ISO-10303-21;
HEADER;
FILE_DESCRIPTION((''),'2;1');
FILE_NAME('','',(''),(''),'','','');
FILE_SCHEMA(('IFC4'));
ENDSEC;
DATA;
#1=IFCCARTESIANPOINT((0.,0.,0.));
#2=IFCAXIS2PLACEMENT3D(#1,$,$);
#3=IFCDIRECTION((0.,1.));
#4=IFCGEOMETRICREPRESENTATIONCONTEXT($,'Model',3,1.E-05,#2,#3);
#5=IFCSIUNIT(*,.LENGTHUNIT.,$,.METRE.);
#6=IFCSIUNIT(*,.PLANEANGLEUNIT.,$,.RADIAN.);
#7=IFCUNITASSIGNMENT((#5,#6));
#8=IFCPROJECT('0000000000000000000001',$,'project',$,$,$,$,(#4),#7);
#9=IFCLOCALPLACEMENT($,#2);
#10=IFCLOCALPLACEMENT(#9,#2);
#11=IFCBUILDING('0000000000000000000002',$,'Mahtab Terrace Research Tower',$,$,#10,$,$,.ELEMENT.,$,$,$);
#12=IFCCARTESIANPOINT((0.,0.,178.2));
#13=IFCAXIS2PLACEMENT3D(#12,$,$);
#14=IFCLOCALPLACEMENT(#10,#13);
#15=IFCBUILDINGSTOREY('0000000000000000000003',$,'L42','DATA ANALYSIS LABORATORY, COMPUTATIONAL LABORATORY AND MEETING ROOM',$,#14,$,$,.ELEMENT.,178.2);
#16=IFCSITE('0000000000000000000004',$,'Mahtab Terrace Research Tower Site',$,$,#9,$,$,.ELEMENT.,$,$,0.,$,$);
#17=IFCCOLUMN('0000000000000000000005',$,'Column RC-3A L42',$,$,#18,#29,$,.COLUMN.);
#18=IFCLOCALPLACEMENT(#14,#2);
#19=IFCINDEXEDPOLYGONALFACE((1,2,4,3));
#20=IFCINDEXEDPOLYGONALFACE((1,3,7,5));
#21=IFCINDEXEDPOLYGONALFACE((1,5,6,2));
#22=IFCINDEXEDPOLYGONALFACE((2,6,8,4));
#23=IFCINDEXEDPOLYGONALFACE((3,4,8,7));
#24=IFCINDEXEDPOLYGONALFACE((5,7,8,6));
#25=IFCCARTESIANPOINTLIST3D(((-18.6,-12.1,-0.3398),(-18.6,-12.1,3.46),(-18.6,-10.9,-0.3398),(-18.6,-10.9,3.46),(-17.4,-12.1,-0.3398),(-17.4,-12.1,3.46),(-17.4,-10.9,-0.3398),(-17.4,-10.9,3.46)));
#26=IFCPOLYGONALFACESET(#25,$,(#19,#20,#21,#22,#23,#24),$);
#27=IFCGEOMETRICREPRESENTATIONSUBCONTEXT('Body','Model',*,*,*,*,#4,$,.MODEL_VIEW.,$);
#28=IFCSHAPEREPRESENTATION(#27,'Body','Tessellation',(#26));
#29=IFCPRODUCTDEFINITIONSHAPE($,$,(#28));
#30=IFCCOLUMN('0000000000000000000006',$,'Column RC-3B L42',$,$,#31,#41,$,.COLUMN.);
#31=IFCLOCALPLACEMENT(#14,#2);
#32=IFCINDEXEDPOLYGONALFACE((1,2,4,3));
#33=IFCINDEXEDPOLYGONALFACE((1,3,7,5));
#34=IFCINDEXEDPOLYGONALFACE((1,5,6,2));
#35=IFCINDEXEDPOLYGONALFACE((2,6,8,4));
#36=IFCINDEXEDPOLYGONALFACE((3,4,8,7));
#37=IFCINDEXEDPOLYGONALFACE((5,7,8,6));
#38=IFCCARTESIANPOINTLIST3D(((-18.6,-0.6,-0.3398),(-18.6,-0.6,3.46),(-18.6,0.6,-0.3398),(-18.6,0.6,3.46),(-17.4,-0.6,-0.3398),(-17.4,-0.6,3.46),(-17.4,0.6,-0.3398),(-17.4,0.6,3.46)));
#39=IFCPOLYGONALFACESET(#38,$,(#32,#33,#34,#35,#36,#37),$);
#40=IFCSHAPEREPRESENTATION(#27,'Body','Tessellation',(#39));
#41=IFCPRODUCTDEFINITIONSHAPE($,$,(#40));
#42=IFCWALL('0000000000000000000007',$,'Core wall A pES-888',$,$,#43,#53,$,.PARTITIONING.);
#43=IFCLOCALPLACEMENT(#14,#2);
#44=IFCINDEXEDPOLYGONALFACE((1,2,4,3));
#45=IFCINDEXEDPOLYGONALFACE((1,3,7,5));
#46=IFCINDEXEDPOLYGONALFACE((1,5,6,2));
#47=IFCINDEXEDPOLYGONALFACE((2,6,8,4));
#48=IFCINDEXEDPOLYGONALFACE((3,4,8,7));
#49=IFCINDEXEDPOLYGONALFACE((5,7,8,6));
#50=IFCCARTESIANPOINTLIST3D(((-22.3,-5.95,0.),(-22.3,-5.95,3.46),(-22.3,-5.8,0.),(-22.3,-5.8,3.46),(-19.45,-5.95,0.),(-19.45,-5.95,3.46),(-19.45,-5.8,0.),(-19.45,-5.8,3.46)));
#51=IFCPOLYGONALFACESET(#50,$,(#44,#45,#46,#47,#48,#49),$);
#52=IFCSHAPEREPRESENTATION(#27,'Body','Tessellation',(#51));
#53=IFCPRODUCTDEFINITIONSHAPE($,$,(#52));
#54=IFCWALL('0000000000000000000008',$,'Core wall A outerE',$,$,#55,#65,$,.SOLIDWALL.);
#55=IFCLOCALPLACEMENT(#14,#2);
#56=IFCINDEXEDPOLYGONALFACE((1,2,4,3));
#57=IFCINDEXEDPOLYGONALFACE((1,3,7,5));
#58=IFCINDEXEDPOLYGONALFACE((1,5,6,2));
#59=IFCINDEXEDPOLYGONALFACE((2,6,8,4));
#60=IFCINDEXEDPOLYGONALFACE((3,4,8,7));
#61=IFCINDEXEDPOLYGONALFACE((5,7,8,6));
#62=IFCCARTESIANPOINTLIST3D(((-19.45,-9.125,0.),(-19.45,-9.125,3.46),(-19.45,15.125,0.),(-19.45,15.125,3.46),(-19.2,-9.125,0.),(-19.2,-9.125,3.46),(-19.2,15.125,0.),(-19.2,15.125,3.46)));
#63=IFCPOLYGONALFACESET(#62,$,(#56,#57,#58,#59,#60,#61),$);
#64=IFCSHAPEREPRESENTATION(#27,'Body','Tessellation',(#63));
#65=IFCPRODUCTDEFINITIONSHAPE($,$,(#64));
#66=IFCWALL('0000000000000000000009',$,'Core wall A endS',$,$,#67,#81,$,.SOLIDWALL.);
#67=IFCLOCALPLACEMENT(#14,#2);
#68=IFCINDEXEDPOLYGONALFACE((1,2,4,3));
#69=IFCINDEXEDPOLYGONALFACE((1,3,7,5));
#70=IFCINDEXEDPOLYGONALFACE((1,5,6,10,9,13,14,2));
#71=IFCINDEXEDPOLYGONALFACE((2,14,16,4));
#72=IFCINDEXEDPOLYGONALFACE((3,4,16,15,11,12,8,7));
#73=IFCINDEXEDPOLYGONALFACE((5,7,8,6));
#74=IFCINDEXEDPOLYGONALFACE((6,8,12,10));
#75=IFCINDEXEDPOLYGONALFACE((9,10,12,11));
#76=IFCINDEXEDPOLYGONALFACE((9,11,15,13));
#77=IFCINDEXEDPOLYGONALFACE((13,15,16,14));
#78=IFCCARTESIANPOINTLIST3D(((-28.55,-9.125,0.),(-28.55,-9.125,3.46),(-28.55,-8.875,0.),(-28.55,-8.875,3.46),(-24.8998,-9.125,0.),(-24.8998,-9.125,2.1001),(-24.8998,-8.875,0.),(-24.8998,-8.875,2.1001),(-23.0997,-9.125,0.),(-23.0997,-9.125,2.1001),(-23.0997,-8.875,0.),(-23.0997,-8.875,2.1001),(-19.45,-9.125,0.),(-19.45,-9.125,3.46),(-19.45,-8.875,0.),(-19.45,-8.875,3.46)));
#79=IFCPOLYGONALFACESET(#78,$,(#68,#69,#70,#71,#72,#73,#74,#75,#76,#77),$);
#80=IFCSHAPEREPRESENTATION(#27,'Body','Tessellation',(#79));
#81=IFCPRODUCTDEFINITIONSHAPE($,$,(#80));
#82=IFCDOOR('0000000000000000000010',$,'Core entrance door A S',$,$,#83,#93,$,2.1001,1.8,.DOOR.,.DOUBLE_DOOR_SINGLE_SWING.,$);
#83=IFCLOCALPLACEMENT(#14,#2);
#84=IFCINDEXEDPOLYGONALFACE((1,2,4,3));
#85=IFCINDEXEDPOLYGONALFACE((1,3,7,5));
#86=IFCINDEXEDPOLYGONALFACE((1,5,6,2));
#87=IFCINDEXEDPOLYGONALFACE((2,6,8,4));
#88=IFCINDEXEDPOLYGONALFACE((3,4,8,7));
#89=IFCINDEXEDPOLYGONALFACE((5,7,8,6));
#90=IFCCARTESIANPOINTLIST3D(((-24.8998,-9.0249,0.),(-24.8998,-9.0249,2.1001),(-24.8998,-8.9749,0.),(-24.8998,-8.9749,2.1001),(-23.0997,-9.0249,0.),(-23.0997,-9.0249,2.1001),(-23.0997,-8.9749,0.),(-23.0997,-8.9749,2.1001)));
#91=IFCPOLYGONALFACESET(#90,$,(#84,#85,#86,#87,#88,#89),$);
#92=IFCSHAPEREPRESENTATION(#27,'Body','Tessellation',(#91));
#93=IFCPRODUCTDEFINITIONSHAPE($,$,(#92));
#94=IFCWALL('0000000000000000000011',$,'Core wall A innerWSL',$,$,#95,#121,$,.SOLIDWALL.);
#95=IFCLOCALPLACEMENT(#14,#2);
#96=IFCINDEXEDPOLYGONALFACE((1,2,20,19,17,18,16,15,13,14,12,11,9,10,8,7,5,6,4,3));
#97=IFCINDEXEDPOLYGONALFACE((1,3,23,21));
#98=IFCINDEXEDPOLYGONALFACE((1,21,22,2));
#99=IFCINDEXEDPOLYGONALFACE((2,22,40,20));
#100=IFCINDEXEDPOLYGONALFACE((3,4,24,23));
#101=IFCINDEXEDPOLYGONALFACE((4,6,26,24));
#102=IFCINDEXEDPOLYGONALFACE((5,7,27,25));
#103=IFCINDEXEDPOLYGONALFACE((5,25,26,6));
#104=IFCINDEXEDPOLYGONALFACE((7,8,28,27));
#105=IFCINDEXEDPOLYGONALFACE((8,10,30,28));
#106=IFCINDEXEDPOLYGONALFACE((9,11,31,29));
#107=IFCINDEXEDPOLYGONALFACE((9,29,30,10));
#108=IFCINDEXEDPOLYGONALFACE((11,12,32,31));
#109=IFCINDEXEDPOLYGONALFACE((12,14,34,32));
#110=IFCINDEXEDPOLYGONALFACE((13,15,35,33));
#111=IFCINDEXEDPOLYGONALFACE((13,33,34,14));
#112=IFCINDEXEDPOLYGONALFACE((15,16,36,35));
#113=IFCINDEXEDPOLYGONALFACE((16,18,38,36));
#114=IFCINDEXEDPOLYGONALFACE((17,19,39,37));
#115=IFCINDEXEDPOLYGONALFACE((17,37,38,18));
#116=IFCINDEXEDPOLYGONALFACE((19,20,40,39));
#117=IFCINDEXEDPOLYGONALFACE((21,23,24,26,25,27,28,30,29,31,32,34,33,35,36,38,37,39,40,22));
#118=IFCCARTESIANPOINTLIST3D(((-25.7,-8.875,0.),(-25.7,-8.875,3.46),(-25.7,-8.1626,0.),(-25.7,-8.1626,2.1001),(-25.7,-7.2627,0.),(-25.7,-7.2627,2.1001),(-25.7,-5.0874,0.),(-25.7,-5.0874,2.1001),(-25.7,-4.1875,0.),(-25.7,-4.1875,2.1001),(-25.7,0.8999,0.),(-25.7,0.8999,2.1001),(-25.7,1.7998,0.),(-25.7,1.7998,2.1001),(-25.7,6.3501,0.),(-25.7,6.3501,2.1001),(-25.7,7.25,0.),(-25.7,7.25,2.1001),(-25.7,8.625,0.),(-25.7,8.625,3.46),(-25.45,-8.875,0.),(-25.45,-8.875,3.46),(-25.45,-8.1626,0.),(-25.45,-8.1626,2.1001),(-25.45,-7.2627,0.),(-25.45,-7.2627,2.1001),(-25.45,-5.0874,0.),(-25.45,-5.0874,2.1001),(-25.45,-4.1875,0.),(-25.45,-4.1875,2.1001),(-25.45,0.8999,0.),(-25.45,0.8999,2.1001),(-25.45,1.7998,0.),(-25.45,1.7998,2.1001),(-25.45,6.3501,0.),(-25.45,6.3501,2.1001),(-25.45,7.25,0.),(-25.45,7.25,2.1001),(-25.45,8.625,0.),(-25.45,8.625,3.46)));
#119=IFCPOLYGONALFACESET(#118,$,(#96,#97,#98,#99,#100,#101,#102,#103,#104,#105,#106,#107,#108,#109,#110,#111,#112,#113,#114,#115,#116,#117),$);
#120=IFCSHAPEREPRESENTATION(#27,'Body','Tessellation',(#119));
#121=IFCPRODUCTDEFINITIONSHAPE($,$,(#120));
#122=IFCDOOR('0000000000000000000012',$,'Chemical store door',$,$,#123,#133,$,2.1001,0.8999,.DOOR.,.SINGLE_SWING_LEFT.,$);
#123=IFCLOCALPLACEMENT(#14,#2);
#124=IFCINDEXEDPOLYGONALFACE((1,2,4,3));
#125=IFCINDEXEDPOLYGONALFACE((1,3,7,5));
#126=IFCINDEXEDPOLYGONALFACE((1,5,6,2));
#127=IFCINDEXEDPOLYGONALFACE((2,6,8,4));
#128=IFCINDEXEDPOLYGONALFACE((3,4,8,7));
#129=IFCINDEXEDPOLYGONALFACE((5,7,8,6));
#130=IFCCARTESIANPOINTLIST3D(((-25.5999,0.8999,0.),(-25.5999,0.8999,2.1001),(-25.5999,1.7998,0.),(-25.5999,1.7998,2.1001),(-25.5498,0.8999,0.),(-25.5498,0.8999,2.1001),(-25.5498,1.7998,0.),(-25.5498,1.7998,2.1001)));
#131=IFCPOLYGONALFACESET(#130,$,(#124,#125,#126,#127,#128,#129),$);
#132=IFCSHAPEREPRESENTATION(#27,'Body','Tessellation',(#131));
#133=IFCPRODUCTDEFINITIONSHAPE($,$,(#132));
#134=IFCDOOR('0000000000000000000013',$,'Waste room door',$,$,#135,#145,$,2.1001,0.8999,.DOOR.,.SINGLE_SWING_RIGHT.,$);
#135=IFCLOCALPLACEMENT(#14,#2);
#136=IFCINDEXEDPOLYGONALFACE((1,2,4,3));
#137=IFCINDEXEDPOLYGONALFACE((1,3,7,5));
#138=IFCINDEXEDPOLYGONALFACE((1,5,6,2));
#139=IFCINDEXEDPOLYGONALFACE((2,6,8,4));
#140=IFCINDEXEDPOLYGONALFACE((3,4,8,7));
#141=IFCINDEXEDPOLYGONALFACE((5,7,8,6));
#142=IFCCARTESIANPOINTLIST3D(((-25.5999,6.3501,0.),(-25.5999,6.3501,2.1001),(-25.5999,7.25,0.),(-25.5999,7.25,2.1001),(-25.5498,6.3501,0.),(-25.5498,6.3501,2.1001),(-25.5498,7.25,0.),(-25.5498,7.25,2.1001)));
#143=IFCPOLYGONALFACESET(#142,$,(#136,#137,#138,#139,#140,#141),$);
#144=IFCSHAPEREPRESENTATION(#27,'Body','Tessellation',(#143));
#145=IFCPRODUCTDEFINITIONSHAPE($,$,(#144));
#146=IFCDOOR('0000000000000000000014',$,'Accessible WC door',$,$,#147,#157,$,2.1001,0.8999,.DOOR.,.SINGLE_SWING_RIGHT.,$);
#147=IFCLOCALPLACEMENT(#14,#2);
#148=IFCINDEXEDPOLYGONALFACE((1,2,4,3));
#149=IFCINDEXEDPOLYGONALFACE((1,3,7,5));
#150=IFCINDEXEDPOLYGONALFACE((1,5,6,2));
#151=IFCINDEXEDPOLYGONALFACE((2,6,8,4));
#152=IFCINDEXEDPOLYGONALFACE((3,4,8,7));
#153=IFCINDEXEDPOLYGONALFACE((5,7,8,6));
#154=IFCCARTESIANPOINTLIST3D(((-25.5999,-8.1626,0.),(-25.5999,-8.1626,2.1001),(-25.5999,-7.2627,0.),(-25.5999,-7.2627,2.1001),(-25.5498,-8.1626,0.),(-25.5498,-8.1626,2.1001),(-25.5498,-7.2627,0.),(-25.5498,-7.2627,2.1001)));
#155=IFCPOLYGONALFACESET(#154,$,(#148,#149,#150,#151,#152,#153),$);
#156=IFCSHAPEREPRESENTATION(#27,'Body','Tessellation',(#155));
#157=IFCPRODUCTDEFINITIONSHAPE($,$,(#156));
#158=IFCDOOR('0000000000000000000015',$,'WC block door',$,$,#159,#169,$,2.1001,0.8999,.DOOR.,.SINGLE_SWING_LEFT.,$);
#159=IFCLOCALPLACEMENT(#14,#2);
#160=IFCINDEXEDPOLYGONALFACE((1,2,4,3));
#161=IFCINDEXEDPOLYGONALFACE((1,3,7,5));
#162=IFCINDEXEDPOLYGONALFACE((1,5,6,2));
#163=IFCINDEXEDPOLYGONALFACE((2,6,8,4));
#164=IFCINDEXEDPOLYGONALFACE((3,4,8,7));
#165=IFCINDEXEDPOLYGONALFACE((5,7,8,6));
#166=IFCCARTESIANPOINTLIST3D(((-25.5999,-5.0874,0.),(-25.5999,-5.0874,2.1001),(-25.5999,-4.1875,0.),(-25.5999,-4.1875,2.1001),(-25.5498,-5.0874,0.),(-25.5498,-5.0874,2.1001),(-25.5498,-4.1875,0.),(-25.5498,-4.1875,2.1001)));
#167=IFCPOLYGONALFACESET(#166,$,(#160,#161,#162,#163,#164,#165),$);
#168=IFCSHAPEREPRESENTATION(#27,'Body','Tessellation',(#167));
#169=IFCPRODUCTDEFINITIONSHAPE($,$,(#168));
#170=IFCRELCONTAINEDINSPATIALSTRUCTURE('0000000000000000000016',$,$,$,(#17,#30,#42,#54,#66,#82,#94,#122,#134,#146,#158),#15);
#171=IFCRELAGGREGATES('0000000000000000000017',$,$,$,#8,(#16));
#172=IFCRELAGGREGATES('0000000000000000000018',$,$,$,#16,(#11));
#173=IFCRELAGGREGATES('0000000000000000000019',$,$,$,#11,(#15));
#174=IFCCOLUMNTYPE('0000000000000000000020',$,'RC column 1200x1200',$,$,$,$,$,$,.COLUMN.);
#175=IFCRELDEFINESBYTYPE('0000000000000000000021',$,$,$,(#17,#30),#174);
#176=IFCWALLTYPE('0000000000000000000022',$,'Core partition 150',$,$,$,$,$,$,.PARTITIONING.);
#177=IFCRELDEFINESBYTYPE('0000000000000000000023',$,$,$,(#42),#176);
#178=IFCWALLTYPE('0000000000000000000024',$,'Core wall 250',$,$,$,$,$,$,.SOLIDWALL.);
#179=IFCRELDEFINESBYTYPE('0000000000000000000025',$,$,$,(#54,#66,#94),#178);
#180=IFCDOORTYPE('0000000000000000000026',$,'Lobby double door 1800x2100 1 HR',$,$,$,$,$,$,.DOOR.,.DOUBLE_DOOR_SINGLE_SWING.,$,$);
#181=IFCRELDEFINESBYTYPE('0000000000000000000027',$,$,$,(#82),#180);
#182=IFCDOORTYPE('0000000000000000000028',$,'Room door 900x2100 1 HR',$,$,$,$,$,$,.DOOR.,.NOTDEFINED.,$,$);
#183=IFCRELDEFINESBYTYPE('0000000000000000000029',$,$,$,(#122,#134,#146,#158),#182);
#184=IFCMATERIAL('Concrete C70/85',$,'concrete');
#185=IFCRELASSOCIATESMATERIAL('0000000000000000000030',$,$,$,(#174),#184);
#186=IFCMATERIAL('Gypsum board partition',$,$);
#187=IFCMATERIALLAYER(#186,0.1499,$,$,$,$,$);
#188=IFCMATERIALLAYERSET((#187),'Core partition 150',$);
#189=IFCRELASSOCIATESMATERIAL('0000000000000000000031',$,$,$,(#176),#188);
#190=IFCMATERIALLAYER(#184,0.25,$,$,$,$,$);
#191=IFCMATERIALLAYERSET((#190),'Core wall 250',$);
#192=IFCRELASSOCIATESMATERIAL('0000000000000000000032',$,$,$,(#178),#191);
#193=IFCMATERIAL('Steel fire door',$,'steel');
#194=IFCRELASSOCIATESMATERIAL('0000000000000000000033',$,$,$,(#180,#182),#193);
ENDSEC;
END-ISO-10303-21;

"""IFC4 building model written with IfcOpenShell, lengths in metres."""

from ifc_helpers import new_model, si_unit, direction, frame, frame_2d, origin, origin_2d, place, context, subcontext, project, spatial, rectangle, extrude, material, layer, layer_set, material_profile, profile_set, type_object, element, fill, save


model = new_model("IFC4")

# Units and contexts
model_context = context("Model", 3, precision=1e-05, world=origin(), true_north=direction((0.0, 1.0)))
body_context = subcontext(model_context, "Body", "Model", "MODEL_VIEW")
ifc_project = project(units=[si_unit("LENGTHUNIT", "METRE"), si_unit("PLANEANGLEUNIT", "RADIAN")], contexts=[model_context])

# Site, building, storey
site_placement = place(None, origin())
site = spatial("IfcSite", under=ifc_project, at=site_placement, Name="Mahtab Terrace Research Tower Site", CompositionType="ELEMENT", RefElevation=0.0)
building_placement = place(site_placement, origin())
building = spatial("IfcBuilding", under=site, at=building_placement, Name="Mahtab Terrace Research Tower", CompositionType="ELEMENT")
storey_placement = place(building_placement, frame((0.0, 0.0, 178.2)))
storey = spatial("IfcBuildingStorey", under=building, at=storey_placement, Name="L42", Description="DATA ANALYSIS LABORATORY, COMPUTATIONAL LABORATORY AND MEETING ROOM", CompositionType="ELEMENT", Elevation=178.2)

# Columns
ifc_material_1 = material(Name="Concrete C70/85", Category="concrete")
ifc_material_profile = material_profile(ifc_material_1, rectangle(XDim=1.2, YDim=1.2, at=origin_2d()), Name="RC column 1200x1200")
ifc_profile_set = profile_set([ifc_material_profile], Name="Concrete C70/85")
column_type = type_object("IfcColumnType", Name="RC column 1200x1200", PredefinedType="COLUMN", material=ifc_profile_set)
for number, where, z_axis, x_axis, name in (
    (1, (-18.0, -11.5, -0.3398), (0.0, 0.0, 1.0), (1.0, 0.0, 0.0), "Column RC-3A L42"),
    (2, (-18.0, 0.0, -0.3398), (0.0, 0.0, 1.0), (1.0, 0.0, 0.0), "Column RC-3B L42"),
):
    element("IfcColumn", number, at=place(storey_placement, frame(where, z_axis=z_axis, x_axis=x_axis)), inside=storey, type_object=column_type, Name=name, PredefinedType="COLUMN", context=body_context, shape_type="SweptSolid", body=[
        extrude(rectangle(XDim=1.2, YDim=1.2, at=origin_2d()), origin(), (0.0, 0.0, 1.0), 3.7998),
    ])

# Walls
ifc_material_2 = material(Name="Gypsum board partition")
ifc_layer_1 = layer(ifc_material_2, 0.1499)
ifc_layer_set_1 = layer_set([ifc_layer_1], Name="Core partition 150")
wall_type_1 = type_object("IfcWallType", Name="Core partition 150", PredefinedType="PARTITIONING", material=ifc_layer_set_1)
wall_1_placement = place(storey_placement, frame((-22.3, -5.875, 0.0), z_axis=(0.0, 0.0, 1.0), x_axis=(1.0, 0.0, 0.0)))
element("IfcWall", 3, at=wall_1_placement, inside=storey, type_object=wall_type_1, Name="Core wall A pES-888", PredefinedType="PARTITIONING", context=body_context, shape_type="SweptSolid", body=[
    extrude(rectangle(XDim=2.8501, YDim=0.1499, at=frame_2d((1.425, 0.0))), origin(), (0.0, 0.0, 1.0), 3.46),
])
ifc_layer_2 = layer(ifc_material_1, 0.25)
ifc_layer_set_2 = layer_set([ifc_layer_2], Name="Core wall 250")
wall_type_2 = type_object("IfcWallType", Name="Core wall 250", PredefinedType="SOLIDWALL", material=ifc_layer_set_2)
wall_2_placement = place(storey_placement, frame((-19.325, -9.125, 0.0), z_axis=(0.0, 0.0, 1.0), x_axis=(0.0, 1.0, 0.0)))
element("IfcWall", 4, at=wall_2_placement, inside=storey, type_object=wall_type_2, Name="Core wall A outerE", PredefinedType="SOLIDWALL", context=body_context, shape_type="SweptSolid", body=[
    extrude(rectangle(XDim=24.25, YDim=0.25, at=frame_2d((12.125, 0.0))), origin(), (0.0, 0.0, 1.0), 3.46),
])

# Wall, opening, door
wall_3_placement = place(storey_placement, frame((-19.45, -9.0, 0.0), z_axis=(0.0, 0.0, 1.0), x_axis=(-1.0, 0.0, 0.0)))
wall_3 = element("IfcWall", 5, at=wall_3_placement, inside=storey, type_object=wall_type_2, Name="Core wall A endS", PredefinedType="SOLIDWALL", context=body_context, shape_type="SweptSolid", body=[
    extrude(rectangle(XDim=9.1001, YDim=0.25, at=frame_2d((4.55, 0.0))), origin(), (0.0, 0.0, 1.0), 3.46),
])
opening_1_placement = place(wall_3_placement, frame((3.6499, 0.0, 0.0)))
opening_1 = element("IfcOpeningElement", 6, at=opening_1_placement, cuts=wall_3, PredefinedType="OPENING", context=body_context, shape_type="SweptSolid", body=[
    extrude(rectangle(XDim=1.8, YDim=2.1001, at=frame_2d((0.8999, 1.05))), frame((0.0, 0.135, 0.0), z_axis=(0.0, -1.0, 0.0), x_axis=(1.0, 0.0, 0.0)), (0.0, 0.0, 1.0), 0.27),
])
ifc_material_3 = material(Name="Steel fire door", Category="steel")
door_type_1 = type_object("IfcDoorType", Name="Lobby double door 1800x2100 1 HR", OperationType="DOUBLE_DOOR_SINGLE_SWING", PredefinedType="DOOR", material=ifc_material_3)
door_1_placement = place(opening_1_placement, origin())
door_1 = element("IfcDoor", 7, at=door_1_placement, inside=storey, type_object=door_type_1, Name="Core entrance door A S", OperationType="DOUBLE_DOOR_SINGLE_SWING", OverallHeight=2.1001, OverallWidth=1.8, PredefinedType="DOOR", context=body_context, shape_type="SweptSolid", body=[
    extrude(rectangle(XDim=1.8, YDim=2.1001, at=frame_2d((0.8999, 1.05))), frame((0.0, 0.0249, 0.0), z_axis=(0.0, -1.0, 0.0), x_axis=(1.0, 0.0, 0.0)), (0.0, 0.0, 1.0), 0.05),
])
fill(opening_1, door_1)

# Wall, openings, doors
wall_4_placement = place(storey_placement, frame((-25.575, -8.875, 0.0), z_axis=(0.0, 0.0, 1.0), x_axis=(0.0, 1.0, 0.0)))
wall_4 = element("IfcWall", 8, at=wall_4_placement, inside=storey, type_object=wall_type_2, Name="Core wall A innerWSL", PredefinedType="SOLIDWALL", context=body_context, shape_type="SweptSolid", body=[
    extrude(rectangle(XDim=17.5, YDim=0.25, at=frame_2d((8.75, 0.0))), origin(), (0.0, 0.0, 1.0), 3.46),
])
opening_2_placement = place(wall_4_placement, frame((9.7749, 0.0, 0.0)))
opening_2 = element("IfcOpeningElement", 9, at=opening_2_placement, cuts=wall_4, PredefinedType="OPENING", context=body_context, shape_type="SweptSolid", body=[
    extrude(rectangle(XDim=0.8999, YDim=2.1001, at=frame_2d((0.45, 1.05))), frame((0.0, 0.135, 0.0), z_axis=(0.0, -1.0, 0.0), x_axis=(1.0, 0.0, 0.0)), (0.0, 0.0, 1.0), 0.27),
])
opening_3_placement = place(wall_4_placement, frame((15.2251, 0.0, 0.0)))
opening_3 = element("IfcOpeningElement", 10, at=opening_3_placement, cuts=wall_4, PredefinedType="OPENING", context=body_context, shape_type="SweptSolid", body=[
    extrude(rectangle(XDim=0.8999, YDim=2.1001, at=frame_2d((0.45, 1.05))), frame((0.0, 0.135, 0.0), z_axis=(0.0, -1.0, 0.0), x_axis=(1.0, 0.0, 0.0)), (0.0, 0.0, 1.0), 0.27),
])
opening_4_placement = place(wall_4_placement, frame((0.7124, 0.0, 0.0)))
opening_4 = element("IfcOpeningElement", 11, at=opening_4_placement, cuts=wall_4, PredefinedType="OPENING", context=body_context, shape_type="SweptSolid", body=[
    extrude(rectangle(XDim=0.8999, YDim=2.1001, at=frame_2d((0.45, 1.05))), frame((0.0, 0.135, 0.0), z_axis=(0.0, -1.0, 0.0), x_axis=(1.0, 0.0, 0.0)), (0.0, 0.0, 1.0), 0.27),
])
opening_5_placement = place(wall_4_placement, frame((3.7876, 0.0, 0.0)))
opening_5 = element("IfcOpeningElement", 12, at=opening_5_placement, cuts=wall_4, PredefinedType="OPENING", context=body_context, shape_type="SweptSolid", body=[
    extrude(rectangle(XDim=0.8999, YDim=2.1001, at=frame_2d((0.45, 1.05))), frame((0.0, 0.135, 0.0), z_axis=(0.0, -1.0, 0.0), x_axis=(1.0, 0.0, 0.0)), (0.0, 0.0, 1.0), 0.27),
])
door_type_2 = type_object("IfcDoorType", Name="Room door 900x2100 1 HR", OperationType="NOTDEFINED", PredefinedType="DOOR", material=ifc_material_3)
door_2_placement = place(opening_2_placement, origin())
door_2 = element("IfcDoor", 13, at=door_2_placement, inside=storey, type_object=door_type_2, Name="Chemical store door", OperationType="SINGLE_SWING_LEFT", OverallHeight=2.1001, OverallWidth=0.8999, PredefinedType="DOOR", context=body_context, shape_type="SweptSolid", body=[
    extrude(rectangle(XDim=0.8999, YDim=2.1001, at=frame_2d((0.45, 1.05))), frame((0.0, 0.0249, 0.0), z_axis=(0.0, -1.0, 0.0), x_axis=(1.0, 0.0, 0.0)), (0.0, 0.0, 1.0), 0.05),
])
fill(opening_2, door_2)
door_3_placement = place(opening_3_placement, origin())
door_3 = element("IfcDoor", 14, at=door_3_placement, inside=storey, type_object=door_type_2, Name="Waste room door", OperationType="SINGLE_SWING_RIGHT", OverallHeight=2.1001, OverallWidth=0.8999, PredefinedType="DOOR", context=body_context, shape_type="SweptSolid", body=[
    extrude(rectangle(XDim=0.8999, YDim=2.1001, at=frame_2d((0.45, 1.05))), frame((0.0, 0.0249, 0.0), z_axis=(0.0, -1.0, 0.0), x_axis=(1.0, 0.0, 0.0)), (0.0, 0.0, 1.0), 0.05),
])
fill(opening_3, door_3)
door_4_placement = place(opening_4_placement, origin())
door_4 = element("IfcDoor", 15, at=door_4_placement, inside=storey, type_object=door_type_2, Name="Accessible WC door", OperationType="SINGLE_SWING_RIGHT", OverallHeight=2.1001, OverallWidth=0.8999, PredefinedType="DOOR", context=body_context, shape_type="SweptSolid", body=[
    extrude(rectangle(XDim=0.8999, YDim=2.1001, at=frame_2d((0.45, 1.05))), frame((0.0, 0.0249, 0.0), z_axis=(0.0, -1.0, 0.0), x_axis=(1.0, 0.0, 0.0)), (0.0, 0.0, 1.0), 0.05),
])
fill(opening_4, door_4)
door_5_placement = place(opening_5_placement, origin())
door_5 = element("IfcDoor", 16, at=door_5_placement, inside=storey, type_object=door_type_2, Name="WC block door", OperationType="SINGLE_SWING_LEFT", OverallHeight=2.1001, OverallWidth=0.8999, PredefinedType="DOOR", context=body_context, shape_type="SweptSolid", body=[
    extrude(rectangle(XDim=0.8999, YDim=2.1001, at=frame_2d((0.45, 1.05))), frame((0.0, 0.0249, 0.0), z_axis=(0.0, -1.0, 0.0), x_axis=(1.0, 0.0, 0.0)), (0.0, 0.0, 1.0), 0.05),
])
fill(opening_5, door_5)

save(model, "model.ifc")
